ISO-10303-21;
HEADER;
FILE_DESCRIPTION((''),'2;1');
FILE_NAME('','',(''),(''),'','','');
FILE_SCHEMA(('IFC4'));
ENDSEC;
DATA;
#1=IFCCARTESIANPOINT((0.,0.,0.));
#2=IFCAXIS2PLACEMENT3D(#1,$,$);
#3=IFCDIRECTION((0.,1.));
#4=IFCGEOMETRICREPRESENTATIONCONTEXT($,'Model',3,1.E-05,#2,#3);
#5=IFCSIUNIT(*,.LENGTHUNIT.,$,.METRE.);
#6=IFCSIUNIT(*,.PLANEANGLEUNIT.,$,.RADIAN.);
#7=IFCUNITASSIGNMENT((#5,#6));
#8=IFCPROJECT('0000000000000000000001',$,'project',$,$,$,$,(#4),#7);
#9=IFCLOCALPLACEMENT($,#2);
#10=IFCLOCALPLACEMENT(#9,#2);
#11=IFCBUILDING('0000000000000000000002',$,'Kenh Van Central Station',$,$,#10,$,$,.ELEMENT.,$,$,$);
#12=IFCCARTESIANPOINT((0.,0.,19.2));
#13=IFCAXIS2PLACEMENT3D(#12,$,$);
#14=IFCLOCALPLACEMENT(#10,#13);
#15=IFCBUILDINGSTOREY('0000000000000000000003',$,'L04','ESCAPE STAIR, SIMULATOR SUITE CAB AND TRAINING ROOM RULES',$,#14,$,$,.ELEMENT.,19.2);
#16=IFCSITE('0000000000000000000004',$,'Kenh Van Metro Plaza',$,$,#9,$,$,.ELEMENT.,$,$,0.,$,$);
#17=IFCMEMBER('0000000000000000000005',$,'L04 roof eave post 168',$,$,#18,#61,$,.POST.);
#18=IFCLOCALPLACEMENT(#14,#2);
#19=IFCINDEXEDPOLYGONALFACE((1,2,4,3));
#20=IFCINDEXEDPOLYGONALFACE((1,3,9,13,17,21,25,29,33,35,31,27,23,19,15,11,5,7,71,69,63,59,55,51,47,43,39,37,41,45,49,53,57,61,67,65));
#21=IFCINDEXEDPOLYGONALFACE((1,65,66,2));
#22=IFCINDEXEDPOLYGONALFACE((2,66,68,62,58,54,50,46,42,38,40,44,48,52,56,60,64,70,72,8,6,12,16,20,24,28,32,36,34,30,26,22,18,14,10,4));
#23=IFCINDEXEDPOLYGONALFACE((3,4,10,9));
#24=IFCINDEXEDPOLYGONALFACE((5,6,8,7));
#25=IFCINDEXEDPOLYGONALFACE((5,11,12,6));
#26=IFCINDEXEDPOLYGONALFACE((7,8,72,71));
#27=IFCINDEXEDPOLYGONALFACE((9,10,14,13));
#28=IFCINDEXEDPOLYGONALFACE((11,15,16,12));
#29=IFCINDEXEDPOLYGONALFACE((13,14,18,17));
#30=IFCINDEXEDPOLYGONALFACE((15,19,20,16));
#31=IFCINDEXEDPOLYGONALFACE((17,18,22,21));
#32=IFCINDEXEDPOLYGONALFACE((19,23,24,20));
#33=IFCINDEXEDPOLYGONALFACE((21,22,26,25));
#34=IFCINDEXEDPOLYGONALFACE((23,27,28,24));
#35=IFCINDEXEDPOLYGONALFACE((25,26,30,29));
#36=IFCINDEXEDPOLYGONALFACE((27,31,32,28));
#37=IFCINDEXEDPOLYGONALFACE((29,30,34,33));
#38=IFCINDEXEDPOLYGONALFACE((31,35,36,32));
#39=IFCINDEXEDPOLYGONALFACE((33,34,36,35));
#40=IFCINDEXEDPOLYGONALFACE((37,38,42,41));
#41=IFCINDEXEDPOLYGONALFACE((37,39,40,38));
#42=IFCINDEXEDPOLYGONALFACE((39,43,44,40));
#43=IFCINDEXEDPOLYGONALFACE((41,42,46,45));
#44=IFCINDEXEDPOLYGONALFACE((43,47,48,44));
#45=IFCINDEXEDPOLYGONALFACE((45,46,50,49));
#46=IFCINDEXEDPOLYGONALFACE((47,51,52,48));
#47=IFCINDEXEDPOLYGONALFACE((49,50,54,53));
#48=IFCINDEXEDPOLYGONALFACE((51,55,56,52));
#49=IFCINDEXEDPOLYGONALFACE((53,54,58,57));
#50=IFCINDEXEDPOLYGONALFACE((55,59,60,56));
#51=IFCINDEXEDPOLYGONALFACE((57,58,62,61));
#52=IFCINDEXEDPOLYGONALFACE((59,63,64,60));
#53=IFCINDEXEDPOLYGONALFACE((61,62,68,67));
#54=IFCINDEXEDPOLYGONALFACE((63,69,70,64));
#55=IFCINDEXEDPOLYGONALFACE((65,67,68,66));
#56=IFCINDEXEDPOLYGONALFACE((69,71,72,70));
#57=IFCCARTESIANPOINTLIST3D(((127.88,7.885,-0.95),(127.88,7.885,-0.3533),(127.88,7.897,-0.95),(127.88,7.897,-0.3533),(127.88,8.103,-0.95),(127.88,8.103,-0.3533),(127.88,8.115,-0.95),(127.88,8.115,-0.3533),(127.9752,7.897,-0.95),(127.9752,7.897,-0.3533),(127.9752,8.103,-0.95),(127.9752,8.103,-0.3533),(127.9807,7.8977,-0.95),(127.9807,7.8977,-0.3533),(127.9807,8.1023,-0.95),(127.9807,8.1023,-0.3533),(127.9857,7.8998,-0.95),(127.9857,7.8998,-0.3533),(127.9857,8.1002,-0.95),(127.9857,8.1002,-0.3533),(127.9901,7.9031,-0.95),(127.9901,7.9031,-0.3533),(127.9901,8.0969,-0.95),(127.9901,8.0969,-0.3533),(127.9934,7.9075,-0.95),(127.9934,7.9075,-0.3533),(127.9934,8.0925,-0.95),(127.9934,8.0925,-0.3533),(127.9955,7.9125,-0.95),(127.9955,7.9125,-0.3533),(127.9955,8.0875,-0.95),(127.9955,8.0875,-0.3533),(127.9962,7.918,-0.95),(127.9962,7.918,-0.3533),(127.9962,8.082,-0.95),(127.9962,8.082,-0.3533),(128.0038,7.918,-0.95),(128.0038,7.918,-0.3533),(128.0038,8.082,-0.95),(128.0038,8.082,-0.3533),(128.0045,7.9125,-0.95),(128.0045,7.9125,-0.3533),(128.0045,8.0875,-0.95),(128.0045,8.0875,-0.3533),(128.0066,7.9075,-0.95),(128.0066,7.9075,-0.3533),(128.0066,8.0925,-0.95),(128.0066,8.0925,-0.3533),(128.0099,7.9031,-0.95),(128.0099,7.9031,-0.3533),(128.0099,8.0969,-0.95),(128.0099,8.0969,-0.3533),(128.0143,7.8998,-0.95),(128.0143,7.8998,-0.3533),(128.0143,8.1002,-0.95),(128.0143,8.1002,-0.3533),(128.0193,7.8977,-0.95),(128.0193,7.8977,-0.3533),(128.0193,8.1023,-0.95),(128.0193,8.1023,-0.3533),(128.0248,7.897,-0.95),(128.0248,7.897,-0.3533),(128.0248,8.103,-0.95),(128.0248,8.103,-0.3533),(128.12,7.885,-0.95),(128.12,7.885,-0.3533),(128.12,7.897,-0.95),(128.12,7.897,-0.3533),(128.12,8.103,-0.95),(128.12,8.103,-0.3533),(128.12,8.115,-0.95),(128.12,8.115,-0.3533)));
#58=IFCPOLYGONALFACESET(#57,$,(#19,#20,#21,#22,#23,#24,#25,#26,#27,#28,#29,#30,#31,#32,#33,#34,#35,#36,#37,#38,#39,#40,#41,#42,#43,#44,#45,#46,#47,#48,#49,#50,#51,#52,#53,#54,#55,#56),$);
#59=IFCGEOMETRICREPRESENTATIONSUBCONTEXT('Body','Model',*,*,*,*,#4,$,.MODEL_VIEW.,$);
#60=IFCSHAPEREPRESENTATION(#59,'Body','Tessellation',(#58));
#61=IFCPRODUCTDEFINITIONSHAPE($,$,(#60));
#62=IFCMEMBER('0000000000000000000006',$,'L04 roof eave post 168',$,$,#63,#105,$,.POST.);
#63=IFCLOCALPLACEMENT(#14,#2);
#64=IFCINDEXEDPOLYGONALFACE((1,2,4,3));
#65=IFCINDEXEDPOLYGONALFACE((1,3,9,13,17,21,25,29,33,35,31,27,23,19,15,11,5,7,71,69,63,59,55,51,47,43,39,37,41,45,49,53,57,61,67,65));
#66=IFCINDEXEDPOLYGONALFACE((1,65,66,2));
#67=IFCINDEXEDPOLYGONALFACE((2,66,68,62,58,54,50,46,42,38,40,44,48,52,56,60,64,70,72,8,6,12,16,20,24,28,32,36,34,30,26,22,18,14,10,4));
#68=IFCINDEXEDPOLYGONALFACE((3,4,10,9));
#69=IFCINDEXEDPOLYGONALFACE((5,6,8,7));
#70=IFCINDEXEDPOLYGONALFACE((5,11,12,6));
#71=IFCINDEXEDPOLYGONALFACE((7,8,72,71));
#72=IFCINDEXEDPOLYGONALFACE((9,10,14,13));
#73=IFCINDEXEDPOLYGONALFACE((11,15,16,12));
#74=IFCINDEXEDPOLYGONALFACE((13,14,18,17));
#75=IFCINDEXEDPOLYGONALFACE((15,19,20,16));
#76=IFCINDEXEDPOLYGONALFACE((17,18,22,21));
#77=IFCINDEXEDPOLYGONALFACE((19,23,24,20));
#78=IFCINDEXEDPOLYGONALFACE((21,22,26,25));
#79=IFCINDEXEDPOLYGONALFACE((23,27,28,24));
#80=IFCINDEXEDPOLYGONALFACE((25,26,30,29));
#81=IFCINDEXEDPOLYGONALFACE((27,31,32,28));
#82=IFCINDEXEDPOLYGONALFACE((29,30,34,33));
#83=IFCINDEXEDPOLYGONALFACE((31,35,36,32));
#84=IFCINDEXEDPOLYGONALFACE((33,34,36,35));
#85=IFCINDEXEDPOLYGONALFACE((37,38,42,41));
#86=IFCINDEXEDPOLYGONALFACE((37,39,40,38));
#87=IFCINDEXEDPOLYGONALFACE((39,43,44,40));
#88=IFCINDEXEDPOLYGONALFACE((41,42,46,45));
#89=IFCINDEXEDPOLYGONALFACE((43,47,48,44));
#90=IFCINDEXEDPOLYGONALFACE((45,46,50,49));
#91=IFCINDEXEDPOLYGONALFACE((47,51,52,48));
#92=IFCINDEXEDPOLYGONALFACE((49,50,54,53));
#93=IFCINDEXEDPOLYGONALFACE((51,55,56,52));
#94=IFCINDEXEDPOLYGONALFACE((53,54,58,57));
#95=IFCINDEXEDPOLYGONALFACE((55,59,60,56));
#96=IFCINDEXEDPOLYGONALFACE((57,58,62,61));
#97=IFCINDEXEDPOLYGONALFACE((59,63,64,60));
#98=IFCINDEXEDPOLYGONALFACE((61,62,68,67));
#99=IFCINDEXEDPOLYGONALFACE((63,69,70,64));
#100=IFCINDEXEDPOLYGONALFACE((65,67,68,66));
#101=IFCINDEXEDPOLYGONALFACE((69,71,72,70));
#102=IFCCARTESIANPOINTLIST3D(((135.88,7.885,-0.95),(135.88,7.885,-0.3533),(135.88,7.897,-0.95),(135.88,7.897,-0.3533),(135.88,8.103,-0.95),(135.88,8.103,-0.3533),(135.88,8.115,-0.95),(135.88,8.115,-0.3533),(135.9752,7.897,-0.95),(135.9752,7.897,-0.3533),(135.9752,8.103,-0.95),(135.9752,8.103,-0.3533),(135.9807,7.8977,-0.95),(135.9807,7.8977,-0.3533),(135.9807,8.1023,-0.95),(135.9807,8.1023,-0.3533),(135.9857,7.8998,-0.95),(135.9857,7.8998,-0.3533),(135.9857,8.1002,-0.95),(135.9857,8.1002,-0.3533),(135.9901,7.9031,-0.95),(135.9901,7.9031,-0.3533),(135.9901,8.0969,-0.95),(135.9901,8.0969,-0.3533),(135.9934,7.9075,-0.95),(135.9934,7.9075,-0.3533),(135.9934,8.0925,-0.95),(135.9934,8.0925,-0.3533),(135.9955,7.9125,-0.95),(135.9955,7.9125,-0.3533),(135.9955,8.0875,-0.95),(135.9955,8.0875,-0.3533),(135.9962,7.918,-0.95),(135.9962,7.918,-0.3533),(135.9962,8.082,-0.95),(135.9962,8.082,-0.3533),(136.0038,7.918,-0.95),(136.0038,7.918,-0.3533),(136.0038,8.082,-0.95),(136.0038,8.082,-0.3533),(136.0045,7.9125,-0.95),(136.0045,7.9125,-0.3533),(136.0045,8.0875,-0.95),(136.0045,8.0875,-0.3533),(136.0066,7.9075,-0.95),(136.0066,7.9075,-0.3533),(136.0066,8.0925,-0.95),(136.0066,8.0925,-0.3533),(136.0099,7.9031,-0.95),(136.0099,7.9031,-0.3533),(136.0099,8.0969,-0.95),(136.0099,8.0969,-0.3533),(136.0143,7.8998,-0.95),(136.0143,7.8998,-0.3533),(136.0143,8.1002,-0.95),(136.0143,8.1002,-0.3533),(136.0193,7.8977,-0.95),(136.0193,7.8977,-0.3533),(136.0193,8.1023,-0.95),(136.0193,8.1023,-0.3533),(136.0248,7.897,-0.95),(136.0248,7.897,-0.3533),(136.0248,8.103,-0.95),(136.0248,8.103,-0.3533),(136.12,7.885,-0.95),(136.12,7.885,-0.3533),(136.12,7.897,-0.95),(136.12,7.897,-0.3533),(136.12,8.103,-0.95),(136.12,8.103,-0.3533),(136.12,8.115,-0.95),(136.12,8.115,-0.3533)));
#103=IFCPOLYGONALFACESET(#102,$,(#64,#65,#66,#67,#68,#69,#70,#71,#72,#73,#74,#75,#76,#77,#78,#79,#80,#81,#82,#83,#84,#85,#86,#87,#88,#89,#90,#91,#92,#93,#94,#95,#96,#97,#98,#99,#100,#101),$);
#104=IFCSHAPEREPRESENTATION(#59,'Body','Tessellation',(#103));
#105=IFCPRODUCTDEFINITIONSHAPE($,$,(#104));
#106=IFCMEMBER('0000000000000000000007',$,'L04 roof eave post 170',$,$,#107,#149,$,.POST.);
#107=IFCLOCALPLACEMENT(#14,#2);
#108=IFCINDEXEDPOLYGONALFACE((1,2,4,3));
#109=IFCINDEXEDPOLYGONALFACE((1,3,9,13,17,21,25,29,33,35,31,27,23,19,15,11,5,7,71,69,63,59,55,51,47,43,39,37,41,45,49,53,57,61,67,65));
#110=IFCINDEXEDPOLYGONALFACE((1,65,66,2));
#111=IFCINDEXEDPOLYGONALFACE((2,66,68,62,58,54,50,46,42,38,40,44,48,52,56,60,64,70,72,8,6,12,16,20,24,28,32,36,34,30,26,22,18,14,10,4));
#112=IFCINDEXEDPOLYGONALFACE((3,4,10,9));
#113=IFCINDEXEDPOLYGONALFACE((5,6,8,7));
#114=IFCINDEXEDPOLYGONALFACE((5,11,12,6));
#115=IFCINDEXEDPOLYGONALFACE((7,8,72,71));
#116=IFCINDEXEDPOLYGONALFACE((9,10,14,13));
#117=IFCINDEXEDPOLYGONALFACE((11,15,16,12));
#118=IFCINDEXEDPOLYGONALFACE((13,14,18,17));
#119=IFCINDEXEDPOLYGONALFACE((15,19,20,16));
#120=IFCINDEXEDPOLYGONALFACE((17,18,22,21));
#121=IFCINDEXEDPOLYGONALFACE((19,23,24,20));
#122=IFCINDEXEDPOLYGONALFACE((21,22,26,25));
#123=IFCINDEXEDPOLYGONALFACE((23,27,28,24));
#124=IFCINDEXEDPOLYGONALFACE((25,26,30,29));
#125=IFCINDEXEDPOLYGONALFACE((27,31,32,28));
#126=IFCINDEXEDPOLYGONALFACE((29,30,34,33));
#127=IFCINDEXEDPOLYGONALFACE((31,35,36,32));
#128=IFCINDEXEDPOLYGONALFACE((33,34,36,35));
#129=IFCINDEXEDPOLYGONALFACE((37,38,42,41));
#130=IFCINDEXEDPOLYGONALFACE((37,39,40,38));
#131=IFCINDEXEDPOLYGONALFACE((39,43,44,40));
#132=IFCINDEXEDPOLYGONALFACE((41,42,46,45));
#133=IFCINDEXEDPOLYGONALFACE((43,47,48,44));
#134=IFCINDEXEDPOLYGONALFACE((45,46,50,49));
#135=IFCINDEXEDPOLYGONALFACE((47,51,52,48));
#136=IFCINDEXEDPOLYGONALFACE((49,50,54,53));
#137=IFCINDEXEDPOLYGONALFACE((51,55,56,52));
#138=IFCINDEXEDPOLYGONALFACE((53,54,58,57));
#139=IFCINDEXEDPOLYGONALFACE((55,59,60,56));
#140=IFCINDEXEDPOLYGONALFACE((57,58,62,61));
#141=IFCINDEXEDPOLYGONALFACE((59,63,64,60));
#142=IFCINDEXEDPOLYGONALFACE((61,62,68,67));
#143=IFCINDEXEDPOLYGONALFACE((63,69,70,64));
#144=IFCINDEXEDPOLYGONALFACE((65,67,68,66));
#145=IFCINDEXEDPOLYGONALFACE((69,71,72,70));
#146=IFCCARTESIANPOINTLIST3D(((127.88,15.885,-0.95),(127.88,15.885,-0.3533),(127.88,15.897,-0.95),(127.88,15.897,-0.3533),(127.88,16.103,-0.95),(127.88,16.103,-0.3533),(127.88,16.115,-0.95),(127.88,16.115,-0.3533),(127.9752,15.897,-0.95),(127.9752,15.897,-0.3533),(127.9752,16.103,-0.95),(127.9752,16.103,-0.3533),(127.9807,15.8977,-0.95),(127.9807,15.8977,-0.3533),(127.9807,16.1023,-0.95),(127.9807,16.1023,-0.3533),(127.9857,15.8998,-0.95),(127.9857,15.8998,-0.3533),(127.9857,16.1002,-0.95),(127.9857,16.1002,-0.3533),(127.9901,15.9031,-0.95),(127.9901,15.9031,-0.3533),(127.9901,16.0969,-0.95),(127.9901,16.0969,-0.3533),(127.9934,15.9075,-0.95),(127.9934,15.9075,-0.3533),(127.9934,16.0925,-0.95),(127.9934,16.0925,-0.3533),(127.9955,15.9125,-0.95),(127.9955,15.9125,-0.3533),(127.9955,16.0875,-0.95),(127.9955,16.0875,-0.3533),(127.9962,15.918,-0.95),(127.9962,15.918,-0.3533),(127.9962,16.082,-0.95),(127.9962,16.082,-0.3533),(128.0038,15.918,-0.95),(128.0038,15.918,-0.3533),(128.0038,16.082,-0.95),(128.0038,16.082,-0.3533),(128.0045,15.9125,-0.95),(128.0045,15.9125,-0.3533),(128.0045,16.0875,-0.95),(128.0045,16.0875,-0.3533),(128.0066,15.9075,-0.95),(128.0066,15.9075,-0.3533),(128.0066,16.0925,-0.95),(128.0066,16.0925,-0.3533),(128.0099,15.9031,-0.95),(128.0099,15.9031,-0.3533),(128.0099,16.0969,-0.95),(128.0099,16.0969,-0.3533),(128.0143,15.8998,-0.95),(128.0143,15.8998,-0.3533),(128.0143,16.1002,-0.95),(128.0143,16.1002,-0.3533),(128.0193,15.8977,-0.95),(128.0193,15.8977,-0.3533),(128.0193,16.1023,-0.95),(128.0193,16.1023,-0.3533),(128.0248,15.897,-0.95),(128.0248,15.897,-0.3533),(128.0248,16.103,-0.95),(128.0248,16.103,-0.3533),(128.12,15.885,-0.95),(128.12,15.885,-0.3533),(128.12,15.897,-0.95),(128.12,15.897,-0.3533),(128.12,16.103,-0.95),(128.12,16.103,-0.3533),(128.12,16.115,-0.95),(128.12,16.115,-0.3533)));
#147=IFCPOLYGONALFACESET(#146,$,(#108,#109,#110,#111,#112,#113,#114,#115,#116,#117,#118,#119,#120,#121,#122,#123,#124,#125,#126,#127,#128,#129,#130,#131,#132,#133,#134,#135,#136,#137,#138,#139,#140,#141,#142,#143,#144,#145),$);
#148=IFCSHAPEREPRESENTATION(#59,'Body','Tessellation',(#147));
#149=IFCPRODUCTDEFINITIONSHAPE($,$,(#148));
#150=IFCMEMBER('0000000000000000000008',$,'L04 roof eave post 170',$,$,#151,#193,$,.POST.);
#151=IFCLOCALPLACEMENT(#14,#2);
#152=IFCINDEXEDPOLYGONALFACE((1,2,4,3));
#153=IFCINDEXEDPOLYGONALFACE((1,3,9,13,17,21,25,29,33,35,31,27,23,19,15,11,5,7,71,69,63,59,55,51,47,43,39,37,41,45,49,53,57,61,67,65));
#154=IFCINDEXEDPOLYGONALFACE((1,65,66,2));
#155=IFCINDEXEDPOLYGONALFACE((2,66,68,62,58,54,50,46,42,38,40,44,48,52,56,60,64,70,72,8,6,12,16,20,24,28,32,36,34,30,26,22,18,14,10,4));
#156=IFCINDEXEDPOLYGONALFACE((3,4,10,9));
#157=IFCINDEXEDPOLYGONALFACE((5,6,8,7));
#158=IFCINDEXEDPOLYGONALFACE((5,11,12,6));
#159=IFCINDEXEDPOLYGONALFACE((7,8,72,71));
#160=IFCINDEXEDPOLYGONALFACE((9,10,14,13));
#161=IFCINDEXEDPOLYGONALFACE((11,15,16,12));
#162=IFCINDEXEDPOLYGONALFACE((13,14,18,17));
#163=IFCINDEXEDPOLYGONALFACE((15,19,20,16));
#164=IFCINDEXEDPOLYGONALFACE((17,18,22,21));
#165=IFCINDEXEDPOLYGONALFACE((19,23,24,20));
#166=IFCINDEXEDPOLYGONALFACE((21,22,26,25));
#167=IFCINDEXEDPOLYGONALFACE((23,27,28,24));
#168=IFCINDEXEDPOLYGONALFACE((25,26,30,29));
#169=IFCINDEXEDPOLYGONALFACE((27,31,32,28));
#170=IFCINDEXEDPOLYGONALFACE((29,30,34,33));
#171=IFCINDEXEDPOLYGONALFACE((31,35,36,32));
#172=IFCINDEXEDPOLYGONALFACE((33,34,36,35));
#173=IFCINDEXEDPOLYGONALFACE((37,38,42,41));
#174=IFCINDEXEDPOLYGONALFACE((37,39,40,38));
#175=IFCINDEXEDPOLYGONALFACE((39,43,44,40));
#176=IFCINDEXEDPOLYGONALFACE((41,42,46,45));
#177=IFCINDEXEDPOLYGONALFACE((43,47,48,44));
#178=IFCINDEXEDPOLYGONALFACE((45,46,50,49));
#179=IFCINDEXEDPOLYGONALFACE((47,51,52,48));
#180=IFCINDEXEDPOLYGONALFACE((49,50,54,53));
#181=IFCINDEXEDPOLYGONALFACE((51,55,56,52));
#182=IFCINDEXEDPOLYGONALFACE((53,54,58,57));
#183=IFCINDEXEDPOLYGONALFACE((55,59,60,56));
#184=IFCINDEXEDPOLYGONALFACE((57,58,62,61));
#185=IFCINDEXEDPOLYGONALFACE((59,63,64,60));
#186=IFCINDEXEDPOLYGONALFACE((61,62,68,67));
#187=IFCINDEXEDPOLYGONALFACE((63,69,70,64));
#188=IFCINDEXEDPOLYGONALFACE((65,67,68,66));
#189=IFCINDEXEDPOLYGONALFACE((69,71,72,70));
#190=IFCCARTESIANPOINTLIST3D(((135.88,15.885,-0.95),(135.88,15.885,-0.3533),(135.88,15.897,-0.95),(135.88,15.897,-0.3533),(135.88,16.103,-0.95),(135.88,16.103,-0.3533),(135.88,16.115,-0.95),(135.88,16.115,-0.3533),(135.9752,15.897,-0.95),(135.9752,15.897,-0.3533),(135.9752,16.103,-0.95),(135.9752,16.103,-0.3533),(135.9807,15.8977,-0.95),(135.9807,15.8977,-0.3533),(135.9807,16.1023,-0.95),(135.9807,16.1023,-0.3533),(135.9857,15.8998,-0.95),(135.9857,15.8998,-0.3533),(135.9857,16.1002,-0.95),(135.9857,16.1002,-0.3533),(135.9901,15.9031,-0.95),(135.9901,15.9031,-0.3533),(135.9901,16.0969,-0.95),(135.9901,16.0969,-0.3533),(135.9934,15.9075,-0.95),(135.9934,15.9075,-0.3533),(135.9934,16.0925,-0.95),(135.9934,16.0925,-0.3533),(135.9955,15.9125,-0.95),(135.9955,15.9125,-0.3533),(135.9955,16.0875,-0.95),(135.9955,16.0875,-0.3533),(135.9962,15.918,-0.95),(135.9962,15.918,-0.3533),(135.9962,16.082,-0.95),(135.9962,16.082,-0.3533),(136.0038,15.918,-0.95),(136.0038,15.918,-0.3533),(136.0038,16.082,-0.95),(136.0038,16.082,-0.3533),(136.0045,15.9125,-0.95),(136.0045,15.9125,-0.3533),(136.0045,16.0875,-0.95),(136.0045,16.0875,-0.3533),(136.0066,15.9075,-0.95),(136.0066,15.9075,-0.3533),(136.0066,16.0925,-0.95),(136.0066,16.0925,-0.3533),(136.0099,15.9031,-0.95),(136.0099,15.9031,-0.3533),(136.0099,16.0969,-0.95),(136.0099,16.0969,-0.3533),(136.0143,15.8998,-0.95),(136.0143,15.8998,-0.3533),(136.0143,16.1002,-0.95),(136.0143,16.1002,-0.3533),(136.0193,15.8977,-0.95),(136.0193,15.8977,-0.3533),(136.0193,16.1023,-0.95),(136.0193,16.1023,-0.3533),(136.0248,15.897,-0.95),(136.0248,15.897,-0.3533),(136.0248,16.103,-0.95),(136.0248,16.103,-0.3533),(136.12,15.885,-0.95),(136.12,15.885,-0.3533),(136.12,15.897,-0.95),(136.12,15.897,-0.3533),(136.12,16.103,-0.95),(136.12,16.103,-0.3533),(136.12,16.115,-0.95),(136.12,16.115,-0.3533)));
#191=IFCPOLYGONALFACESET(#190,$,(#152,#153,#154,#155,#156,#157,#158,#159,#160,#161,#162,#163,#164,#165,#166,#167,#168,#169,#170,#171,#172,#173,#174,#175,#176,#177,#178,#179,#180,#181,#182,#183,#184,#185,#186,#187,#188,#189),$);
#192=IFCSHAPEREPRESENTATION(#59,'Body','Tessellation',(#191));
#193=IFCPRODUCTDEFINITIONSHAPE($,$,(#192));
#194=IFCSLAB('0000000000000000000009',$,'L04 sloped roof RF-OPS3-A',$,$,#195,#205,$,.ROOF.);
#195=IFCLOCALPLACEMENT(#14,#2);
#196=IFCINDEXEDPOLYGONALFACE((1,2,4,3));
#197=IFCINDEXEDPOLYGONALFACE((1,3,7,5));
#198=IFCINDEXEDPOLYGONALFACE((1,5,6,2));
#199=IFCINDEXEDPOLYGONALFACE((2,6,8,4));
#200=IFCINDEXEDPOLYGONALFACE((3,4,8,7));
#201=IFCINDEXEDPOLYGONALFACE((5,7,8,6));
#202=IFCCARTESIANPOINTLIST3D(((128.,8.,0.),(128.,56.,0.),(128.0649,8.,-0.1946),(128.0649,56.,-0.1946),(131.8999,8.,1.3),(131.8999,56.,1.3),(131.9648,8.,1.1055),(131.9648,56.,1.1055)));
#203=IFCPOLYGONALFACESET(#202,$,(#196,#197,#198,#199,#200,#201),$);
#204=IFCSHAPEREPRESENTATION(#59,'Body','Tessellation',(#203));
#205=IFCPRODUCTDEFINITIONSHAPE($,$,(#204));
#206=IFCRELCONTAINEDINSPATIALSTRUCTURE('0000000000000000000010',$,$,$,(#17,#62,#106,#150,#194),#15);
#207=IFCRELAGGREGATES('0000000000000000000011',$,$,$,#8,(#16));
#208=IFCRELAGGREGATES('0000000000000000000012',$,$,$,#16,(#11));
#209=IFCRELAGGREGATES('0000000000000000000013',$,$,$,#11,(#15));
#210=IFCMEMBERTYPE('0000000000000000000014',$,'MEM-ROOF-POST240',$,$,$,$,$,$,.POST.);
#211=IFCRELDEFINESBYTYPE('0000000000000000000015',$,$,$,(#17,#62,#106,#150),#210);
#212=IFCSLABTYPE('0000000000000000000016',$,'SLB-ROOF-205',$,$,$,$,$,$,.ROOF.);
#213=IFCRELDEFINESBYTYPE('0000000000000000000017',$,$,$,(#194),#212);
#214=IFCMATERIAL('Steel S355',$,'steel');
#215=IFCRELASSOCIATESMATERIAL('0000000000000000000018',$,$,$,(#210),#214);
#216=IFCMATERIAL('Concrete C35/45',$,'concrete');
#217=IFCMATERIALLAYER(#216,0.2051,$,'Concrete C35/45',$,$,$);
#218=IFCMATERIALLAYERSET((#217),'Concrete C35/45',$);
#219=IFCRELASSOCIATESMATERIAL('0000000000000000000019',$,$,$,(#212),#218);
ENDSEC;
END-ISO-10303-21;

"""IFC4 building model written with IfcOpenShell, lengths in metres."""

from ifc_helpers import new_model, si_unit, direction, frame, origin, origin_2d, place, context, subcontext, project, spatial, polyline, i_section, outline, extrude, material, layer, layer_set, material_profile, profile_set, type_object, element, save


model = new_model("IFC4")

# Units and contexts
model_context = context("Model", 3, precision=1e-05, world=origin(), true_north=direction((0.0, 1.0)))
body_context = subcontext(model_context, "Body", "Model", "MODEL_VIEW")
ifc_project = project(units=[si_unit("LENGTHUNIT", "METRE"), si_unit("PLANEANGLEUNIT", "RADIAN")], contexts=[model_context])

# Site, building, storey
site_placement = place(None, origin())
site = spatial("IfcSite", under=ifc_project, at=site_placement, Name="Kenh Van Metro Plaza", CompositionType="ELEMENT", RefElevation=0.0)
building_placement = place(site_placement, origin())
building = spatial("IfcBuilding", under=site, at=building_placement, Name="Kenh Van Central Station", CompositionType="ELEMENT")
storey_placement = place(building_placement, frame((0.0, 0.0, 19.2)))
storey = spatial("IfcBuildingStorey", under=building, at=storey_placement, Name="L04", Description="ESCAPE STAIR, SIMULATOR SUITE CAB AND TRAINING ROOM RULES", CompositionType="ELEMENT", Elevation=19.2)

# Shared definitions
ifc_material_1 = material(Name="Concrete C35/45", Category="concrete")

# Shared definitions
ifc_material_2 = material(Name="Steel S355", Category="steel")

# Members
ifc_material_profile_1 = material_profile(ifc_material_2, i_section(OverallWidth=0.24, OverallDepth=0.23, WebThickness=0.0076, FlangeThickness=0.012, FilletRadius=0.021, at=origin_2d()), Name="HEA 240")
ifc_profile_set_1 = profile_set([ifc_material_profile_1], Name="Steel S355")
member_type_1 = type_object("IfcMemberType", Name="MEM-ROOF-POST240", PredefinedType="POST", material=ifc_profile_set_1)
for number, where, z_axis, x_axis, name in (
    (1, (128.0, 8.0, -0.95), (0.0, 0.0, 1.0), (1.0, 0.0, 0.0), "L04 roof eave post 168"),
    (2, (136.0, 8.0, -0.95), (0.0, 0.0, 1.0), (1.0, 0.0, 0.0), "L04 roof eave post 168"),
    (3, (128.0, 16.0, -0.95), (0.0, 0.0, 1.0), (1.0, 0.0, 0.0), "L04 roof eave post 170"),
    (4, (136.0, 16.0, -0.95), (0.0, 0.0, 1.0), (1.0, 0.0, 0.0), "L04 roof eave post 170"),
):
    element("IfcMember", number, at=place(storey_placement, frame(where, z_axis=z_axis, x_axis=x_axis)), inside=storey, type_object=member_type_1, Name=name, PredefinedType="POST", context=body_context, shape_type="SweptSolid", body=[
        extrude(i_section(OverallWidth=0.24, OverallDepth=0.23, WebThickness=0.0076, FlangeThickness=0.012, FilletRadius=0.021, at=origin_2d()), origin(), (0.0, 0.0, 1.0), 0.5967),
    ])

# Slab
ifc_layer_1 = layer(ifc_material_1, 0.2051, Name="Concrete C35/45")
ifc_layer_set_1 = layer_set([ifc_layer_1], Name="Concrete C35/45")
slab_type = type_object("IfcSlabType", Name="SLB-ROOF-205", PredefinedType="ROOF", material=ifc_layer_set_1)
for number, where, z_axis, x_axis, name in (
    (5, (128.0, 8.0, 0.0), (-0.316246, 0.0, 0.948677), (0.948677, 0.0, 0.316246), "L04 sloped roof RF-OPS3-A"),
):
    element("IfcSlab", number, at=place(storey_placement, frame(where, z_axis=z_axis, x_axis=x_axis)), inside=storey, type_object=slab_type, Name=name, PredefinedType="ROOF", context=body_context, shape_type="SweptSolid", body=[
        extrude(outline(polyline([(0.0, 0.0), (4.1109, 0.0), (4.1109, 48.0), (0.0, 48.0), (0.0, 0.0)])), origin(), (0.0, 0.0, -1.0), 0.2051),
    ])

save(model, "model.ifc")
